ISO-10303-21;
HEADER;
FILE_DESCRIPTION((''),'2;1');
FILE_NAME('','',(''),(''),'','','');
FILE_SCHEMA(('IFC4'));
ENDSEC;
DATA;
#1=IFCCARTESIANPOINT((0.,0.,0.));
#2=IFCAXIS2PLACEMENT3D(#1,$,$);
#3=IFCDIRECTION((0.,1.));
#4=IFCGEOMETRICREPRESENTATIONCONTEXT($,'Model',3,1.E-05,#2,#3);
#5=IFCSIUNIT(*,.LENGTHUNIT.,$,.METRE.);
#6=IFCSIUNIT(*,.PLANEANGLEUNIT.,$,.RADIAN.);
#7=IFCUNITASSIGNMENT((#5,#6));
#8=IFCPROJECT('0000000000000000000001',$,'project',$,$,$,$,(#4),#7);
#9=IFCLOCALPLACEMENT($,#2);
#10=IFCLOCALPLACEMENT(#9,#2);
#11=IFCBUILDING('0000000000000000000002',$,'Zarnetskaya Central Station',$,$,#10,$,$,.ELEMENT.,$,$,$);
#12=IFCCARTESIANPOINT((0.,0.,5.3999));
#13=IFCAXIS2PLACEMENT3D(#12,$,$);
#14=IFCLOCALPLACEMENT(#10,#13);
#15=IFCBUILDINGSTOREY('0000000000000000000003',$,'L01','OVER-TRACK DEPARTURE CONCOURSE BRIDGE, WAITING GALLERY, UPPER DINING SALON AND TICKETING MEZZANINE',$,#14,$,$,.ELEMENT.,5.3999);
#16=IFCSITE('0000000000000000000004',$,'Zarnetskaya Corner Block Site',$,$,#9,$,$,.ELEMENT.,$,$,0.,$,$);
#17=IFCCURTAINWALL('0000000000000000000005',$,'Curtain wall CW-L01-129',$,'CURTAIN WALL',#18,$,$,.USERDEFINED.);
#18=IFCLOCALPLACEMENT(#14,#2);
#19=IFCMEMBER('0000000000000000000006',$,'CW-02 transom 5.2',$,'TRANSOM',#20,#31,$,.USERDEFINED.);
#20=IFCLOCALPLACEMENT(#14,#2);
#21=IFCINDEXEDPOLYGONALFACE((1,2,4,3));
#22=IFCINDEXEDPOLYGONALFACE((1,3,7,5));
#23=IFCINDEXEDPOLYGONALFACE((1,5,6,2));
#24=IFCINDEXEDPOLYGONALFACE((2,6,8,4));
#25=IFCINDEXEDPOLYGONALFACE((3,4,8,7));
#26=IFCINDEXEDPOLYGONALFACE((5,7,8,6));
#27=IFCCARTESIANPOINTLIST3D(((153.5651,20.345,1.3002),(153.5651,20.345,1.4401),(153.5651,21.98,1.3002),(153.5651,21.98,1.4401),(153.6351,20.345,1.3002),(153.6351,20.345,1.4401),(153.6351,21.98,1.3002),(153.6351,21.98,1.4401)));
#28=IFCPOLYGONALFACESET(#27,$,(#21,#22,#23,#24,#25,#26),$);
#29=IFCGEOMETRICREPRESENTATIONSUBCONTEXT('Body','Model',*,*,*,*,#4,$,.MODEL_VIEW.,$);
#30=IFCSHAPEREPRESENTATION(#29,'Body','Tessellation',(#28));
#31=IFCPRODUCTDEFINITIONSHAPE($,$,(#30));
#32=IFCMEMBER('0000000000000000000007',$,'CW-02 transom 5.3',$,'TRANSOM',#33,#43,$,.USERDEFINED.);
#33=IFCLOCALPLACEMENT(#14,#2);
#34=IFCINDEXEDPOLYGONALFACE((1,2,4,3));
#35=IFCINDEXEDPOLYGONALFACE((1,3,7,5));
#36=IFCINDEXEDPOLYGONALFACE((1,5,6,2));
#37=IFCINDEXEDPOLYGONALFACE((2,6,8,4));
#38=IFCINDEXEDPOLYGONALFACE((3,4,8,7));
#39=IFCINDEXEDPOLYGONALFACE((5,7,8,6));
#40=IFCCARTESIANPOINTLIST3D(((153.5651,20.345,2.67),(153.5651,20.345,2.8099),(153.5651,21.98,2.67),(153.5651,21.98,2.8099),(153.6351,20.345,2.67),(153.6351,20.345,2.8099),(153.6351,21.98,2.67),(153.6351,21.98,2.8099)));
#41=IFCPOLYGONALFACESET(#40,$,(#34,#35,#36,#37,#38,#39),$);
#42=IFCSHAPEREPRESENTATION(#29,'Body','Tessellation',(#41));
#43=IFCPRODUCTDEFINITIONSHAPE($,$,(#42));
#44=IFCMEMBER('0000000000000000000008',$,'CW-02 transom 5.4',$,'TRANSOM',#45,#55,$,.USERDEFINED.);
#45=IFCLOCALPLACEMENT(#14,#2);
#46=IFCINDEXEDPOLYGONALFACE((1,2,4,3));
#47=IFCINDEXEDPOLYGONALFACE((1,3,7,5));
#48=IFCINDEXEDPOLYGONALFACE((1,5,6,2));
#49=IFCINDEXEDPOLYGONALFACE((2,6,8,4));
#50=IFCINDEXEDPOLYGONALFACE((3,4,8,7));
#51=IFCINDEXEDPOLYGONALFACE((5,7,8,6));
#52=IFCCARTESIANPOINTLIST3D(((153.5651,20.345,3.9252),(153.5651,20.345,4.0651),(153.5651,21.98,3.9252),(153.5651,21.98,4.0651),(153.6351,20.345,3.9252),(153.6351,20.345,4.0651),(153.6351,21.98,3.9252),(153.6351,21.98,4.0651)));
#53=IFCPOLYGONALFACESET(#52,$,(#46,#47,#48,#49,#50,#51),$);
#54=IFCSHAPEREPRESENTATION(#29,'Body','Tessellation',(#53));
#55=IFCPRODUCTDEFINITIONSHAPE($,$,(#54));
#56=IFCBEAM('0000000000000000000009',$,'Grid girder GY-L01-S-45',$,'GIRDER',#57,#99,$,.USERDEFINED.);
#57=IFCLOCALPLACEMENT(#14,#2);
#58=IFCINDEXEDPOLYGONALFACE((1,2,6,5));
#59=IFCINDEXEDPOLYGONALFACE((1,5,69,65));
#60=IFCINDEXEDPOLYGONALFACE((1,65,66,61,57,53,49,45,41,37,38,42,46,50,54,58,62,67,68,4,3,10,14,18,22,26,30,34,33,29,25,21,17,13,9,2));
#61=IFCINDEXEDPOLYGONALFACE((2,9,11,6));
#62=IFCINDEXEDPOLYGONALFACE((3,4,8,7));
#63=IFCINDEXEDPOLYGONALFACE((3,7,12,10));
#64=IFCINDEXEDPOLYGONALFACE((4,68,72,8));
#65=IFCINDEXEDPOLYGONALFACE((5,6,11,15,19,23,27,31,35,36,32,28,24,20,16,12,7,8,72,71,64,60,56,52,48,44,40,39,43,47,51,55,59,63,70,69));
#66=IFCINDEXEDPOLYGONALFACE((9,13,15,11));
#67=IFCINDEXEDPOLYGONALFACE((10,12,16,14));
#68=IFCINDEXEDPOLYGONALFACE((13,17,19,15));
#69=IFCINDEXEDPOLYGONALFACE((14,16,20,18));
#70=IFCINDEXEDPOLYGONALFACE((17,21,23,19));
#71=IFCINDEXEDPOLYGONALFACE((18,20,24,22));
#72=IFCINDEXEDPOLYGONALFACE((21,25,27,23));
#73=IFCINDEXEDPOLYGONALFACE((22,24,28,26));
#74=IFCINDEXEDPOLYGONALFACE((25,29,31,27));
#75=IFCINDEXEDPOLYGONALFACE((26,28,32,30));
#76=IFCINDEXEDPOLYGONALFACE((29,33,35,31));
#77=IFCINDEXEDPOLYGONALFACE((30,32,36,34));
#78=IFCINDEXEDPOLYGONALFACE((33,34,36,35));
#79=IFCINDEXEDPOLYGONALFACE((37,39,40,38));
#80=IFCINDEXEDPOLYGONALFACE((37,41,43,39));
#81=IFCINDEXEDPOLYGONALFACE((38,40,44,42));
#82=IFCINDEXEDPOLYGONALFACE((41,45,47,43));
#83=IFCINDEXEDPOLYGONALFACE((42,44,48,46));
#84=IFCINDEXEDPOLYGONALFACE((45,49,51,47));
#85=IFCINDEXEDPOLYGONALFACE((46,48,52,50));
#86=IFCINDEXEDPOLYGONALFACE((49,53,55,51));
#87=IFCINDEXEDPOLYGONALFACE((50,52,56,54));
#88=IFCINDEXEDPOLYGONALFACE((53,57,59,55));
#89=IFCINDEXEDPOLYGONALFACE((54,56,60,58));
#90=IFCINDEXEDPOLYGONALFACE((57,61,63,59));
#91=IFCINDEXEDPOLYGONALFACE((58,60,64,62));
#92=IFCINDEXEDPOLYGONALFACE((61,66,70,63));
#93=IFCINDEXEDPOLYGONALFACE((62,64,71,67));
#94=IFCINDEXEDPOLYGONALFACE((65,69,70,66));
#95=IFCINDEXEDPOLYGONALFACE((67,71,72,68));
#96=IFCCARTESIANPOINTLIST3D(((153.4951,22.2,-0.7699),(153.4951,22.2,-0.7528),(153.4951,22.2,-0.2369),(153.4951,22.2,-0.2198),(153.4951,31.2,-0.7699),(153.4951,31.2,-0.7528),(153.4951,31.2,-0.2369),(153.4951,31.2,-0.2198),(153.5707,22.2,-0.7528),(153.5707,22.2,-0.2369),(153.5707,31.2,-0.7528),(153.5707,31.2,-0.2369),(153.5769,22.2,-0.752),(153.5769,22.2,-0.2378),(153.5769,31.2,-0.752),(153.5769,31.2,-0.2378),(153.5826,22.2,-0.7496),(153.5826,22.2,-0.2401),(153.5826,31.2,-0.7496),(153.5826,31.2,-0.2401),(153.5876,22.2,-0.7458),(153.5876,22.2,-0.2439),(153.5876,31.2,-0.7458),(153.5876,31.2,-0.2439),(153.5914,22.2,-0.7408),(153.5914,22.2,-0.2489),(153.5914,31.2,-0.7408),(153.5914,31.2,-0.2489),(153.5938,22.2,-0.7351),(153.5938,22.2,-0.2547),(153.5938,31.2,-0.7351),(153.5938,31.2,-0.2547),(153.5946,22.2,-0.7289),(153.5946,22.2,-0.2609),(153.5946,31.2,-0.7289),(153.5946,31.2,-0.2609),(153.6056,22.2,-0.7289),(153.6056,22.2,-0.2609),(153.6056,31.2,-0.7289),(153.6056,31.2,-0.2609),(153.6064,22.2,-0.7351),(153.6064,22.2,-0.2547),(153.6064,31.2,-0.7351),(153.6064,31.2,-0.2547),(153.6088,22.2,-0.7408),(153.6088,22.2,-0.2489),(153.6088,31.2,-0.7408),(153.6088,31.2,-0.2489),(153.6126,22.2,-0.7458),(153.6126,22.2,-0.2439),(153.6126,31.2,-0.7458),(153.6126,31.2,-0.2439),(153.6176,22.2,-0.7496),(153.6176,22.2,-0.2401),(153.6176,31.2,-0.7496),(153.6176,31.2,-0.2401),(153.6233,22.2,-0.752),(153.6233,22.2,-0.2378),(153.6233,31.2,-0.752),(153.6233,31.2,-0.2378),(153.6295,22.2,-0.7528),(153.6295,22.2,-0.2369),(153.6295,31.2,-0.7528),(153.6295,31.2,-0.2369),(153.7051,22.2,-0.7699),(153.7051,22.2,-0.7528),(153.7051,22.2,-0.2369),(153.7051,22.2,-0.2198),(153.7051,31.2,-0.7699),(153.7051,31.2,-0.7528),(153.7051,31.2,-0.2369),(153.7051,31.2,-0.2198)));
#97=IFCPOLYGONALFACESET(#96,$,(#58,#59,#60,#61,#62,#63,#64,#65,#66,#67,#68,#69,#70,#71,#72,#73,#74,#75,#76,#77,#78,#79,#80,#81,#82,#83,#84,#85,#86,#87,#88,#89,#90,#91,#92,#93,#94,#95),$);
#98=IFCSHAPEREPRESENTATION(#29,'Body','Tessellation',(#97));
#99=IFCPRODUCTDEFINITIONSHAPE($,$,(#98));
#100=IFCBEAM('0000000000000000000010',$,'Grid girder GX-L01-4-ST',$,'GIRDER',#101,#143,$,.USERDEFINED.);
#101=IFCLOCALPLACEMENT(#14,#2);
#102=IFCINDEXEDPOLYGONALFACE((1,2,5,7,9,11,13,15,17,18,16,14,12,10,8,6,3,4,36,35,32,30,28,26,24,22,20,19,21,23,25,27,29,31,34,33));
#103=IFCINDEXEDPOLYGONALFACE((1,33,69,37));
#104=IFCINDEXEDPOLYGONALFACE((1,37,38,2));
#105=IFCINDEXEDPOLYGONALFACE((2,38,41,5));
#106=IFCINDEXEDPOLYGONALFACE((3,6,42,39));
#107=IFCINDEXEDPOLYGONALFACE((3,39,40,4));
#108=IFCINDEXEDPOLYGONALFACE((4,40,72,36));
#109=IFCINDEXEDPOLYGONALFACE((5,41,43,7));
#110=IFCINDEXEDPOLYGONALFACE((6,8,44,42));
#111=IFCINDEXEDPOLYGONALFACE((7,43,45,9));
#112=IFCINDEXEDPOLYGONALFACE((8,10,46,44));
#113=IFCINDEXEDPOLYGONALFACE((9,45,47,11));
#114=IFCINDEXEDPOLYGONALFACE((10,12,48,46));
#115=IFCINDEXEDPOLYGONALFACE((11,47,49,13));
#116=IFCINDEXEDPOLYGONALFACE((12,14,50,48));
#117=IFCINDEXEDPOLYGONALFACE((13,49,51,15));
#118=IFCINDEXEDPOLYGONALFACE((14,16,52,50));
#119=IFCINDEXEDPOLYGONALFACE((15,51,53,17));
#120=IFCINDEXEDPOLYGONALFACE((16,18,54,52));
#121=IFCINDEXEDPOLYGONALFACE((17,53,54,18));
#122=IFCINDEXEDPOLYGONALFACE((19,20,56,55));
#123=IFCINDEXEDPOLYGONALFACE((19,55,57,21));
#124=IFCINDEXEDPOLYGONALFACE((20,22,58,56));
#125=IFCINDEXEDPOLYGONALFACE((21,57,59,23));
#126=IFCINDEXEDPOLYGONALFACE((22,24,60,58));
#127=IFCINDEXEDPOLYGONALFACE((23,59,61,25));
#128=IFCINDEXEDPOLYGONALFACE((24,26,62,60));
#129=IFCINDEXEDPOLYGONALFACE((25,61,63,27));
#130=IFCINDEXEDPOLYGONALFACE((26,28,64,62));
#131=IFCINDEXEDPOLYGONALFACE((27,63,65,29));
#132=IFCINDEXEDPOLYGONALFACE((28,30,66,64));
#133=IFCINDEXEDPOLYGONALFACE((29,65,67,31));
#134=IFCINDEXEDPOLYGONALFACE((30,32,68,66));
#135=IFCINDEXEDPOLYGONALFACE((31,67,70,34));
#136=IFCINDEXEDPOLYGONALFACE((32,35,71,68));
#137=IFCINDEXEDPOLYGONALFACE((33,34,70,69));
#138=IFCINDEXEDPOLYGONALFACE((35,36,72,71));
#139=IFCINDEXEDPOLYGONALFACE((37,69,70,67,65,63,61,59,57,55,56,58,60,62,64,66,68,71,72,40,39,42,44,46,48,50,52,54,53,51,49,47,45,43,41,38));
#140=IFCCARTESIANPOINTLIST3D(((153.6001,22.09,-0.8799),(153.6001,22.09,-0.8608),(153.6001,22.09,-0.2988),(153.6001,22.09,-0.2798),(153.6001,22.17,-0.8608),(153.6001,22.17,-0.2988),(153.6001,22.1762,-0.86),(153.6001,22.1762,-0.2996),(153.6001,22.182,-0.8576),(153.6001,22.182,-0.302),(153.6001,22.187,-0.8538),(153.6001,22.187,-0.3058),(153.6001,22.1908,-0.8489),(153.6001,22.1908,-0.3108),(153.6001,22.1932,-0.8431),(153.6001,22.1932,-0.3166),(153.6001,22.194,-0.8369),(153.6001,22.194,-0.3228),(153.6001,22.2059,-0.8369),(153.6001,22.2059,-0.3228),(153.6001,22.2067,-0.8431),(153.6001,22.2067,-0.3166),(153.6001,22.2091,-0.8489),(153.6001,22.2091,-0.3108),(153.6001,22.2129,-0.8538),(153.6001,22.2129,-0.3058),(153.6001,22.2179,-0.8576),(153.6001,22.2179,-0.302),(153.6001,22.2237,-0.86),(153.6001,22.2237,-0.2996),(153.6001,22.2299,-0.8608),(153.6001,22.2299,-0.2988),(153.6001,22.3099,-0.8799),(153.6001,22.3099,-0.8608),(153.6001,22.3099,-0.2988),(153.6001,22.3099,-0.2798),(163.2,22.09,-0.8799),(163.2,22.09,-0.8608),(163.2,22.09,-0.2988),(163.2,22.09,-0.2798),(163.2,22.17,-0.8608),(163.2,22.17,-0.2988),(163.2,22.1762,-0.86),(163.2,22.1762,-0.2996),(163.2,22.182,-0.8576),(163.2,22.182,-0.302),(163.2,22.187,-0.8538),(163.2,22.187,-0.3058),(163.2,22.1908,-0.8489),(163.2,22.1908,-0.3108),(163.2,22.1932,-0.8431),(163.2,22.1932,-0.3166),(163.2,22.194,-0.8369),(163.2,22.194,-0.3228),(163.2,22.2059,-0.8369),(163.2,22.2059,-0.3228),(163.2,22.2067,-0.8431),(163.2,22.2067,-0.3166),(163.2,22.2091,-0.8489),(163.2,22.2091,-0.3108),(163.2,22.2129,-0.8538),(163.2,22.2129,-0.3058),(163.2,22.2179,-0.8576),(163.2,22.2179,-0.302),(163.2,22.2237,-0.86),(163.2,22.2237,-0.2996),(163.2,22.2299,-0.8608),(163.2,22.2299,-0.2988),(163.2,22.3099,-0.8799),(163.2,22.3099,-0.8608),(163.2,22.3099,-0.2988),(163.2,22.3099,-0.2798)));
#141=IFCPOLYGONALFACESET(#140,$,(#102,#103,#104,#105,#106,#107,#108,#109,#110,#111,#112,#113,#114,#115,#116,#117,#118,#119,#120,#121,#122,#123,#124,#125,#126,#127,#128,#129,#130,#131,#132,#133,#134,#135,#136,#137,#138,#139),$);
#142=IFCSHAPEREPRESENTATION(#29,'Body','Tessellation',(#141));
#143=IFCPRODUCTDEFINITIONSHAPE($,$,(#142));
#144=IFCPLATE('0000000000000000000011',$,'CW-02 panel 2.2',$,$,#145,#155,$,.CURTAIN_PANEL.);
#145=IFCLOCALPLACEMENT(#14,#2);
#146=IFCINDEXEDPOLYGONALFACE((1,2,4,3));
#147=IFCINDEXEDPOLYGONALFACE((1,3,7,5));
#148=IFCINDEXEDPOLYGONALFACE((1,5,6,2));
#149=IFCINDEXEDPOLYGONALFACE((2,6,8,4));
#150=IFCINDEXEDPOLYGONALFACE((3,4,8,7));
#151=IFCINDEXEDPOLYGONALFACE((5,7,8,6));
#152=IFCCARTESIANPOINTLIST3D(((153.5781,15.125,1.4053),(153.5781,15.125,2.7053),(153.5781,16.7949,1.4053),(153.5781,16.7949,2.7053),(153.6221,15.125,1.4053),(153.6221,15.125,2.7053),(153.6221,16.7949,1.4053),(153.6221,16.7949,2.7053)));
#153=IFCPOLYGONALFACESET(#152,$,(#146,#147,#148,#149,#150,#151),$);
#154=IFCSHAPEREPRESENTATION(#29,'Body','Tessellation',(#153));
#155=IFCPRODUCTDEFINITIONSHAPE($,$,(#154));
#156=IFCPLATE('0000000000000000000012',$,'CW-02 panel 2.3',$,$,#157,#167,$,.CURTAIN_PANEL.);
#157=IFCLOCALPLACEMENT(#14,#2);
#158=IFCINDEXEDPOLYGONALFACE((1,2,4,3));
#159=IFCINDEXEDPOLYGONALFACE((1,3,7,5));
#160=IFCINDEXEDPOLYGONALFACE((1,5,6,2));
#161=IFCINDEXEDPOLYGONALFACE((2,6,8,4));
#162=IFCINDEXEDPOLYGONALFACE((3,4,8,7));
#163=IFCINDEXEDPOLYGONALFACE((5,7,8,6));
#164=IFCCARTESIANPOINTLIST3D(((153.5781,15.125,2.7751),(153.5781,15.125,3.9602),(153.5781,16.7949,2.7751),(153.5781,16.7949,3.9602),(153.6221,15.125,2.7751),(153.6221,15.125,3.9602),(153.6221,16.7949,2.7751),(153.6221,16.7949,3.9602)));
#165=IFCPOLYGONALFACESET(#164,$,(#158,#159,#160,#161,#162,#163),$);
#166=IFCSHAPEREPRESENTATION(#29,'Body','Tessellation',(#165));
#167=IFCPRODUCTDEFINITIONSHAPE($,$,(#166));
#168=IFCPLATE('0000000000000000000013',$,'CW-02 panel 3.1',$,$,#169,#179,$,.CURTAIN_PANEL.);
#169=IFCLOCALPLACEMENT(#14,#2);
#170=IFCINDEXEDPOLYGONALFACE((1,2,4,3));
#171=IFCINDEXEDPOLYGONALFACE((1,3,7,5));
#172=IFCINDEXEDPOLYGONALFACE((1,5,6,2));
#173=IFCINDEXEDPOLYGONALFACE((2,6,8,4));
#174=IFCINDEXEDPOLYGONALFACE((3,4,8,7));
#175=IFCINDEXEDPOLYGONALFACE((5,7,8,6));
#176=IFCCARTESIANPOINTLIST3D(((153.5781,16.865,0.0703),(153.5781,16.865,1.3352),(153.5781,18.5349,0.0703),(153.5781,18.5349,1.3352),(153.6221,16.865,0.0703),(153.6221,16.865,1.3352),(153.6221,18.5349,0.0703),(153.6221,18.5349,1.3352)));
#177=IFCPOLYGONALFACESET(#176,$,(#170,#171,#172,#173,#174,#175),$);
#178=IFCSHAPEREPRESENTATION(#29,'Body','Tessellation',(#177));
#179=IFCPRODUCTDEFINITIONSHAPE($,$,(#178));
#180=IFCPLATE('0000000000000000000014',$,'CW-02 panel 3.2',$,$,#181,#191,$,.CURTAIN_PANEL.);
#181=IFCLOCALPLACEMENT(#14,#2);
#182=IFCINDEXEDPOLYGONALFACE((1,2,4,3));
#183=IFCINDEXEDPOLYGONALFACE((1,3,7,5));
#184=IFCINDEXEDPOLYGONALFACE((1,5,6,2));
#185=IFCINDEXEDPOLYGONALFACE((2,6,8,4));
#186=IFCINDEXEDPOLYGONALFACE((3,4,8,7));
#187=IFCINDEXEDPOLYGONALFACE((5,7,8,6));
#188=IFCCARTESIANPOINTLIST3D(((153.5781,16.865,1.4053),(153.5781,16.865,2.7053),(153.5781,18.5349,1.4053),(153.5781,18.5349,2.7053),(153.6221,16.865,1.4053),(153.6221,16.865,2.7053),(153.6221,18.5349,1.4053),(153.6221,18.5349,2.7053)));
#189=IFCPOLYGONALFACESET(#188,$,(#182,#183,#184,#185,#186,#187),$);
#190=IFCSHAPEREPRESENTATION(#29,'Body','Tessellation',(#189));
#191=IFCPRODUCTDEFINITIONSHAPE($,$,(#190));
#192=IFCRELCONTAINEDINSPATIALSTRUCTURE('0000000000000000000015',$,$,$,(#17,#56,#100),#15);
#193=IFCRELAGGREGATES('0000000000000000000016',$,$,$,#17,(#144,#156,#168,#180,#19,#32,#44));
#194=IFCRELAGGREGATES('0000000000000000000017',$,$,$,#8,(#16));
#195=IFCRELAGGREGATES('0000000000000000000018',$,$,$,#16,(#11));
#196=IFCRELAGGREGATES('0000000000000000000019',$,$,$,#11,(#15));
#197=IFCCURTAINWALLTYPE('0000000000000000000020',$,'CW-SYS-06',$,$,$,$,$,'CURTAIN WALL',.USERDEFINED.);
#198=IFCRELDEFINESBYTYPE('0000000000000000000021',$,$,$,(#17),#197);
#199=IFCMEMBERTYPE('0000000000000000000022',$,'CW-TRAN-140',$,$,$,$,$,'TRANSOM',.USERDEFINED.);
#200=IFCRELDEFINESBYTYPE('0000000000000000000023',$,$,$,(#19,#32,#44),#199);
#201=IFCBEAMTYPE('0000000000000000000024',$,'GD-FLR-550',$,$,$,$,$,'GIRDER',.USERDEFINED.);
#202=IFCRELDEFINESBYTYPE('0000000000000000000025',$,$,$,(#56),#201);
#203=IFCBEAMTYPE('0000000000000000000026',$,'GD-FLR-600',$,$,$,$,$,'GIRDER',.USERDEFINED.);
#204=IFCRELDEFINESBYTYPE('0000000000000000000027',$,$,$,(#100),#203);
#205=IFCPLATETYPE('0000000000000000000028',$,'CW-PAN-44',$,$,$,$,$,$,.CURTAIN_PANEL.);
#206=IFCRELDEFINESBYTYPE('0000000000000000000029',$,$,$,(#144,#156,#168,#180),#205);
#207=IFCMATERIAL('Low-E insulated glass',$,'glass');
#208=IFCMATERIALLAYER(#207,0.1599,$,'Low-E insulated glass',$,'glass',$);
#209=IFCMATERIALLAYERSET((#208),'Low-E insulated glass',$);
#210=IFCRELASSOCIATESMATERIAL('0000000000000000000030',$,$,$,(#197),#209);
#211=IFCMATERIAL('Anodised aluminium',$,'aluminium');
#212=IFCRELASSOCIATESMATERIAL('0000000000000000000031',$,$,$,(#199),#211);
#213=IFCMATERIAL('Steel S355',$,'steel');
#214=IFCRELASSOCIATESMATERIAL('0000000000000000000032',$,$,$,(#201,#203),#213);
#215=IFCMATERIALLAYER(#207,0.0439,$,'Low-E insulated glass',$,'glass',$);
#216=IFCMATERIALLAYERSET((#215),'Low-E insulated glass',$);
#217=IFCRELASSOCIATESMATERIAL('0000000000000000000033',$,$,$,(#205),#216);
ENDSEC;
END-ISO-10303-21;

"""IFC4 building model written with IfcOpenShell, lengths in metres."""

from ifc_helpers import new_model, si_unit, direction, frame, origin, origin_2d, place, context, subcontext, project, spatial, rectangle, i_section, extrude, material, layer, layer_set, material_profile, profile_set, type_object, element, aggregate, save


model = new_model("IFC4")

# Units and contexts
model_context = context("Model", 3, precision=1e-05, world=origin(), true_north=direction((0.0, 1.0)))
body_context = subcontext(model_context, "Body", "Model", "MODEL_VIEW")
ifc_project = project(units=[si_unit("LENGTHUNIT", "METRE"), si_unit("PLANEANGLEUNIT", "RADIAN")], contexts=[model_context])

# Site, building, storey
site_placement = place(None, origin())
site = spatial("IfcSite", under=ifc_project, at=site_placement, Name="Zarnetskaya Corner Block Site", CompositionType="ELEMENT", RefElevation=0.0)
building_placement = place(site_placement, origin())
building = spatial("IfcBuilding", under=site, at=building_placement, Name="Zarnetskaya Central Station", CompositionType="ELEMENT")
storey_placement = place(building_placement, frame((0.0, 0.0, 5.3999)))
storey = spatial("IfcBuildingStorey", under=building, at=storey_placement, Name="L01", Description="OVER-TRACK DEPARTURE CONCOURSE BRIDGE, WAITING GALLERY, UPPER DINING SALON AND TICKETING MEZZANINE", CompositionType="ELEMENT", Elevation=5.3999)

# Shared definitions
ifc_material_1 = material(Name="Steel S355", Category="steel")

# Shared definitions
ifc_material_2 = material(Name="Low-E insulated glass", Category="glass")
ifc_layer_1 = layer(ifc_material_2, 0.1599, Name="Low-E insulated glass", Category="glass")
ifc_layer_set_1 = layer_set([ifc_layer_1], Name="Low-E insulated glass")
curtain_wall_type = type_object("IfcCurtainWallType", Name="CW-SYS-06", ElementType="CURTAIN WALL", PredefinedType="USERDEFINED", material=ifc_layer_set_1)
ifc_material_3 = material(Name="Anodised aluminium", Category="aluminium")

# Curtain wall
curtain_wall_1_placement = place(storey_placement, origin())
curtain_wall_1 = element("IfcCurtainWall", 1, at=curtain_wall_1_placement, inside=storey, type_object=curtain_wall_type, Name="Curtain wall CW-L01-129", ObjectType="CURTAIN WALL", PredefinedType="USERDEFINED")

# Members
ifc_material_profile_1 = material_profile(ifc_material_3, rectangle(XDim=0.0701, YDim=0.1399, at=origin_2d()), Name="ALU TRAN 70x140")
ifc_profile_set_1 = profile_set([ifc_material_profile_1], Name="Anodised aluminium")
member_type_1 = type_object("IfcMemberType", Name="CW-TRAN-140", ElementType="TRANSOM", PredefinedType="USERDEFINED", material=ifc_profile_set_1)
member_1_placement = place(storey_placement, frame((153.6001, 20.345, 1.3701), z_axis=(0.0, 1.0, 0.0), x_axis=(-1.0, 0.0, 0.0)))
member_1 = element("IfcMember", 2, at=member_1_placement, type_object=member_type_1, Name="CW-02 transom 5.2", ObjectType="TRANSOM", PredefinedType="USERDEFINED", context=body_context, shape_type="SweptSolid", body=[
    extrude(rectangle(XDim=0.0701, YDim=0.1399, at=origin_2d()), origin(), (0.0, 0.0, 1.0), 1.635),
])
member_2_placement = place(storey_placement, frame((153.6001, 20.345, 2.74), z_axis=(0.0, 1.0, 0.0), x_axis=(-1.0, 0.0, 0.0)))
member_2 = element("IfcMember", 3, at=member_2_placement, type_object=member_type_1, Name="CW-02 transom 5.3", ObjectType="TRANSOM", PredefinedType="USERDEFINED", context=body_context, shape_type="SweptSolid", body=[
    extrude(rectangle(XDim=0.0701, YDim=0.1399, at=origin_2d()), origin(), (0.0, 0.0, 1.0), 1.635),
])
member_3_placement = place(storey_placement, frame((153.6001, 20.345, 3.9951), z_axis=(0.0, 1.0, 0.0), x_axis=(-1.0, 0.0, 0.0)))
member_3 = element("IfcMember", 4, at=member_3_placement, type_object=member_type_1, Name="CW-02 transom 5.4", ObjectType="TRANSOM", PredefinedType="USERDEFINED", context=body_context, shape_type="SweptSolid", body=[
    extrude(rectangle(XDim=0.0701, YDim=0.1399, at=origin_2d()), origin(), (0.0, 0.0, 1.0), 1.635),
])

# Beams
ifc_material_profile_2 = material_profile(ifc_material_1, i_section(OverallWidth=0.21, OverallDepth=0.55, WebThickness=0.011, FlangeThickness=0.0171, FilletRadius=0.0239, at=origin_2d()), Name="IPE 550")
ifc_profile_set_2 = profile_set([ifc_material_profile_2], Name="Steel S355")
beam_type_1 = type_object("IfcBeamType", Name="GD-FLR-550", ElementType="GIRDER", PredefinedType="USERDEFINED", material=ifc_profile_set_2)
beam_1_placement = place(storey_placement, frame((153.6001, 22.2, -0.4949), z_axis=(0.0, 1.0, 0.0), x_axis=(-1.0, 0.0, 0.0)))
element("IfcBeam", 5, at=beam_1_placement, inside=storey, type_object=beam_type_1, Name="Grid girder GY-L01-S-45", ObjectType="GIRDER", PredefinedType="USERDEFINED", context=body_context, shape_type="SweptSolid", body=[
    extrude(i_section(OverallWidth=0.21, OverallDepth=0.55, WebThickness=0.011, FlangeThickness=0.0171, FilletRadius=0.0239, at=origin_2d()), origin(), (0.0, 0.0, 1.0), 9.0),
])
ifc_material_profile_3 = material_profile(ifc_material_1, i_section(OverallWidth=0.22, OverallDepth=0.6001, WebThickness=0.012, FlangeThickness=0.019, FilletRadius=0.0239, at=origin_2d()), Name="IPE 600")
ifc_profile_set_3 = profile_set([ifc_material_profile_3], Name="Steel S355")
beam_type_2 = type_object("IfcBeamType", Name="GD-FLR-600", ElementType="GIRDER", PredefinedType="USERDEFINED", material=ifc_profile_set_3)
beam_2_placement = place(storey_placement, frame((153.6001, 22.2, -0.5798), z_axis=(1.0, 0.0, 0.0), x_axis=(0.0, 1.0, 0.0)))
element("IfcBeam", 6, at=beam_2_placement, inside=storey, type_object=beam_type_2, Name="Grid girder GX-L01-4-ST", ObjectType="GIRDER", PredefinedType="USERDEFINED", context=body_context, shape_type="SweptSolid", body=[
    extrude(i_section(OverallWidth=0.22, OverallDepth=0.6001, WebThickness=0.012, FlangeThickness=0.019, FilletRadius=0.0239, at=origin_2d()), origin(), (0.0, 0.0, 1.0), 9.5999),
])

# Plates
ifc_layer_2 = layer(ifc_material_2, 0.0439, Name="Low-E insulated glass", Category="glass")
ifc_layer_set_2 = layer_set([ifc_layer_2], Name="Low-E insulated glass")
plate_type = type_object("IfcPlateType", Name="CW-PAN-44", PredefinedType="CURTAIN_PANEL", material=ifc_layer_set_2)
plate_1_placement = place(storey_placement, frame((153.6001, 15.96, 1.4053), z_axis=(0.0, 0.0, 1.0), x_axis=(0.0, 1.0, 0.0)))
plate_1 = element("IfcPlate", 7, at=plate_1_placement, type_object=plate_type, Name="CW-02 panel 2.2", PredefinedType="CURTAIN_PANEL", context=body_context, shape_type="SweptSolid", body=[
    extrude(rectangle(XDim=1.6699, YDim=0.0439, at=origin_2d()), origin(), (0.0, 0.0, 1.0), 1.3),
])
plate_2_placement = place(storey_placement, frame((153.6001, 15.96, 2.7751), z_axis=(0.0, 0.0, 1.0), x_axis=(0.0, 1.0, 0.0)))
plate_2 = element("IfcPlate", 8, at=plate_2_placement, type_object=plate_type, Name="CW-02 panel 2.3", PredefinedType="CURTAIN_PANEL", context=body_context, shape_type="SweptSolid", body=[
    extrude(rectangle(XDim=1.6699, YDim=0.0439, at=origin_2d()), origin(), (0.0, 0.0, 1.0), 1.1851),
])
plate_3_placement = place(storey_placement, frame((153.6001, 17.7, 0.0703), z_axis=(0.0, 0.0, 1.0), x_axis=(0.0, 1.0, 0.0)))
plate_3 = element("IfcPlate", 9, at=plate_3_placement, type_object=plate_type, Name="CW-02 panel 3.1", PredefinedType="CURTAIN_PANEL", context=body_context, shape_type="SweptSolid", body=[
    extrude(rectangle(XDim=1.6699, YDim=0.0439, at=origin_2d()), origin(), (0.0, 0.0, 1.0), 1.2649),
])
plate_4_placement = place(storey_placement, frame((153.6001, 17.7, 1.4053), z_axis=(0.0, 0.0, 1.0), x_axis=(0.0, 1.0, 0.0)))
plate_4 = element("IfcPlate", 10, at=plate_4_placement, type_object=plate_type, Name="CW-02 panel 3.2", PredefinedType="CURTAIN_PANEL", context=body_context, shape_type="SweptSolid", body=[
    extrude(rectangle(XDim=1.6699, YDim=0.0439, at=origin_2d()), origin(), (0.0, 0.0, 1.0), 1.3),
])
aggregate(curtain_wall_1, [plate_1, plate_2, plate_3, plate_4, member_1, member_2, member_3])

save(model, "model.ifc")
